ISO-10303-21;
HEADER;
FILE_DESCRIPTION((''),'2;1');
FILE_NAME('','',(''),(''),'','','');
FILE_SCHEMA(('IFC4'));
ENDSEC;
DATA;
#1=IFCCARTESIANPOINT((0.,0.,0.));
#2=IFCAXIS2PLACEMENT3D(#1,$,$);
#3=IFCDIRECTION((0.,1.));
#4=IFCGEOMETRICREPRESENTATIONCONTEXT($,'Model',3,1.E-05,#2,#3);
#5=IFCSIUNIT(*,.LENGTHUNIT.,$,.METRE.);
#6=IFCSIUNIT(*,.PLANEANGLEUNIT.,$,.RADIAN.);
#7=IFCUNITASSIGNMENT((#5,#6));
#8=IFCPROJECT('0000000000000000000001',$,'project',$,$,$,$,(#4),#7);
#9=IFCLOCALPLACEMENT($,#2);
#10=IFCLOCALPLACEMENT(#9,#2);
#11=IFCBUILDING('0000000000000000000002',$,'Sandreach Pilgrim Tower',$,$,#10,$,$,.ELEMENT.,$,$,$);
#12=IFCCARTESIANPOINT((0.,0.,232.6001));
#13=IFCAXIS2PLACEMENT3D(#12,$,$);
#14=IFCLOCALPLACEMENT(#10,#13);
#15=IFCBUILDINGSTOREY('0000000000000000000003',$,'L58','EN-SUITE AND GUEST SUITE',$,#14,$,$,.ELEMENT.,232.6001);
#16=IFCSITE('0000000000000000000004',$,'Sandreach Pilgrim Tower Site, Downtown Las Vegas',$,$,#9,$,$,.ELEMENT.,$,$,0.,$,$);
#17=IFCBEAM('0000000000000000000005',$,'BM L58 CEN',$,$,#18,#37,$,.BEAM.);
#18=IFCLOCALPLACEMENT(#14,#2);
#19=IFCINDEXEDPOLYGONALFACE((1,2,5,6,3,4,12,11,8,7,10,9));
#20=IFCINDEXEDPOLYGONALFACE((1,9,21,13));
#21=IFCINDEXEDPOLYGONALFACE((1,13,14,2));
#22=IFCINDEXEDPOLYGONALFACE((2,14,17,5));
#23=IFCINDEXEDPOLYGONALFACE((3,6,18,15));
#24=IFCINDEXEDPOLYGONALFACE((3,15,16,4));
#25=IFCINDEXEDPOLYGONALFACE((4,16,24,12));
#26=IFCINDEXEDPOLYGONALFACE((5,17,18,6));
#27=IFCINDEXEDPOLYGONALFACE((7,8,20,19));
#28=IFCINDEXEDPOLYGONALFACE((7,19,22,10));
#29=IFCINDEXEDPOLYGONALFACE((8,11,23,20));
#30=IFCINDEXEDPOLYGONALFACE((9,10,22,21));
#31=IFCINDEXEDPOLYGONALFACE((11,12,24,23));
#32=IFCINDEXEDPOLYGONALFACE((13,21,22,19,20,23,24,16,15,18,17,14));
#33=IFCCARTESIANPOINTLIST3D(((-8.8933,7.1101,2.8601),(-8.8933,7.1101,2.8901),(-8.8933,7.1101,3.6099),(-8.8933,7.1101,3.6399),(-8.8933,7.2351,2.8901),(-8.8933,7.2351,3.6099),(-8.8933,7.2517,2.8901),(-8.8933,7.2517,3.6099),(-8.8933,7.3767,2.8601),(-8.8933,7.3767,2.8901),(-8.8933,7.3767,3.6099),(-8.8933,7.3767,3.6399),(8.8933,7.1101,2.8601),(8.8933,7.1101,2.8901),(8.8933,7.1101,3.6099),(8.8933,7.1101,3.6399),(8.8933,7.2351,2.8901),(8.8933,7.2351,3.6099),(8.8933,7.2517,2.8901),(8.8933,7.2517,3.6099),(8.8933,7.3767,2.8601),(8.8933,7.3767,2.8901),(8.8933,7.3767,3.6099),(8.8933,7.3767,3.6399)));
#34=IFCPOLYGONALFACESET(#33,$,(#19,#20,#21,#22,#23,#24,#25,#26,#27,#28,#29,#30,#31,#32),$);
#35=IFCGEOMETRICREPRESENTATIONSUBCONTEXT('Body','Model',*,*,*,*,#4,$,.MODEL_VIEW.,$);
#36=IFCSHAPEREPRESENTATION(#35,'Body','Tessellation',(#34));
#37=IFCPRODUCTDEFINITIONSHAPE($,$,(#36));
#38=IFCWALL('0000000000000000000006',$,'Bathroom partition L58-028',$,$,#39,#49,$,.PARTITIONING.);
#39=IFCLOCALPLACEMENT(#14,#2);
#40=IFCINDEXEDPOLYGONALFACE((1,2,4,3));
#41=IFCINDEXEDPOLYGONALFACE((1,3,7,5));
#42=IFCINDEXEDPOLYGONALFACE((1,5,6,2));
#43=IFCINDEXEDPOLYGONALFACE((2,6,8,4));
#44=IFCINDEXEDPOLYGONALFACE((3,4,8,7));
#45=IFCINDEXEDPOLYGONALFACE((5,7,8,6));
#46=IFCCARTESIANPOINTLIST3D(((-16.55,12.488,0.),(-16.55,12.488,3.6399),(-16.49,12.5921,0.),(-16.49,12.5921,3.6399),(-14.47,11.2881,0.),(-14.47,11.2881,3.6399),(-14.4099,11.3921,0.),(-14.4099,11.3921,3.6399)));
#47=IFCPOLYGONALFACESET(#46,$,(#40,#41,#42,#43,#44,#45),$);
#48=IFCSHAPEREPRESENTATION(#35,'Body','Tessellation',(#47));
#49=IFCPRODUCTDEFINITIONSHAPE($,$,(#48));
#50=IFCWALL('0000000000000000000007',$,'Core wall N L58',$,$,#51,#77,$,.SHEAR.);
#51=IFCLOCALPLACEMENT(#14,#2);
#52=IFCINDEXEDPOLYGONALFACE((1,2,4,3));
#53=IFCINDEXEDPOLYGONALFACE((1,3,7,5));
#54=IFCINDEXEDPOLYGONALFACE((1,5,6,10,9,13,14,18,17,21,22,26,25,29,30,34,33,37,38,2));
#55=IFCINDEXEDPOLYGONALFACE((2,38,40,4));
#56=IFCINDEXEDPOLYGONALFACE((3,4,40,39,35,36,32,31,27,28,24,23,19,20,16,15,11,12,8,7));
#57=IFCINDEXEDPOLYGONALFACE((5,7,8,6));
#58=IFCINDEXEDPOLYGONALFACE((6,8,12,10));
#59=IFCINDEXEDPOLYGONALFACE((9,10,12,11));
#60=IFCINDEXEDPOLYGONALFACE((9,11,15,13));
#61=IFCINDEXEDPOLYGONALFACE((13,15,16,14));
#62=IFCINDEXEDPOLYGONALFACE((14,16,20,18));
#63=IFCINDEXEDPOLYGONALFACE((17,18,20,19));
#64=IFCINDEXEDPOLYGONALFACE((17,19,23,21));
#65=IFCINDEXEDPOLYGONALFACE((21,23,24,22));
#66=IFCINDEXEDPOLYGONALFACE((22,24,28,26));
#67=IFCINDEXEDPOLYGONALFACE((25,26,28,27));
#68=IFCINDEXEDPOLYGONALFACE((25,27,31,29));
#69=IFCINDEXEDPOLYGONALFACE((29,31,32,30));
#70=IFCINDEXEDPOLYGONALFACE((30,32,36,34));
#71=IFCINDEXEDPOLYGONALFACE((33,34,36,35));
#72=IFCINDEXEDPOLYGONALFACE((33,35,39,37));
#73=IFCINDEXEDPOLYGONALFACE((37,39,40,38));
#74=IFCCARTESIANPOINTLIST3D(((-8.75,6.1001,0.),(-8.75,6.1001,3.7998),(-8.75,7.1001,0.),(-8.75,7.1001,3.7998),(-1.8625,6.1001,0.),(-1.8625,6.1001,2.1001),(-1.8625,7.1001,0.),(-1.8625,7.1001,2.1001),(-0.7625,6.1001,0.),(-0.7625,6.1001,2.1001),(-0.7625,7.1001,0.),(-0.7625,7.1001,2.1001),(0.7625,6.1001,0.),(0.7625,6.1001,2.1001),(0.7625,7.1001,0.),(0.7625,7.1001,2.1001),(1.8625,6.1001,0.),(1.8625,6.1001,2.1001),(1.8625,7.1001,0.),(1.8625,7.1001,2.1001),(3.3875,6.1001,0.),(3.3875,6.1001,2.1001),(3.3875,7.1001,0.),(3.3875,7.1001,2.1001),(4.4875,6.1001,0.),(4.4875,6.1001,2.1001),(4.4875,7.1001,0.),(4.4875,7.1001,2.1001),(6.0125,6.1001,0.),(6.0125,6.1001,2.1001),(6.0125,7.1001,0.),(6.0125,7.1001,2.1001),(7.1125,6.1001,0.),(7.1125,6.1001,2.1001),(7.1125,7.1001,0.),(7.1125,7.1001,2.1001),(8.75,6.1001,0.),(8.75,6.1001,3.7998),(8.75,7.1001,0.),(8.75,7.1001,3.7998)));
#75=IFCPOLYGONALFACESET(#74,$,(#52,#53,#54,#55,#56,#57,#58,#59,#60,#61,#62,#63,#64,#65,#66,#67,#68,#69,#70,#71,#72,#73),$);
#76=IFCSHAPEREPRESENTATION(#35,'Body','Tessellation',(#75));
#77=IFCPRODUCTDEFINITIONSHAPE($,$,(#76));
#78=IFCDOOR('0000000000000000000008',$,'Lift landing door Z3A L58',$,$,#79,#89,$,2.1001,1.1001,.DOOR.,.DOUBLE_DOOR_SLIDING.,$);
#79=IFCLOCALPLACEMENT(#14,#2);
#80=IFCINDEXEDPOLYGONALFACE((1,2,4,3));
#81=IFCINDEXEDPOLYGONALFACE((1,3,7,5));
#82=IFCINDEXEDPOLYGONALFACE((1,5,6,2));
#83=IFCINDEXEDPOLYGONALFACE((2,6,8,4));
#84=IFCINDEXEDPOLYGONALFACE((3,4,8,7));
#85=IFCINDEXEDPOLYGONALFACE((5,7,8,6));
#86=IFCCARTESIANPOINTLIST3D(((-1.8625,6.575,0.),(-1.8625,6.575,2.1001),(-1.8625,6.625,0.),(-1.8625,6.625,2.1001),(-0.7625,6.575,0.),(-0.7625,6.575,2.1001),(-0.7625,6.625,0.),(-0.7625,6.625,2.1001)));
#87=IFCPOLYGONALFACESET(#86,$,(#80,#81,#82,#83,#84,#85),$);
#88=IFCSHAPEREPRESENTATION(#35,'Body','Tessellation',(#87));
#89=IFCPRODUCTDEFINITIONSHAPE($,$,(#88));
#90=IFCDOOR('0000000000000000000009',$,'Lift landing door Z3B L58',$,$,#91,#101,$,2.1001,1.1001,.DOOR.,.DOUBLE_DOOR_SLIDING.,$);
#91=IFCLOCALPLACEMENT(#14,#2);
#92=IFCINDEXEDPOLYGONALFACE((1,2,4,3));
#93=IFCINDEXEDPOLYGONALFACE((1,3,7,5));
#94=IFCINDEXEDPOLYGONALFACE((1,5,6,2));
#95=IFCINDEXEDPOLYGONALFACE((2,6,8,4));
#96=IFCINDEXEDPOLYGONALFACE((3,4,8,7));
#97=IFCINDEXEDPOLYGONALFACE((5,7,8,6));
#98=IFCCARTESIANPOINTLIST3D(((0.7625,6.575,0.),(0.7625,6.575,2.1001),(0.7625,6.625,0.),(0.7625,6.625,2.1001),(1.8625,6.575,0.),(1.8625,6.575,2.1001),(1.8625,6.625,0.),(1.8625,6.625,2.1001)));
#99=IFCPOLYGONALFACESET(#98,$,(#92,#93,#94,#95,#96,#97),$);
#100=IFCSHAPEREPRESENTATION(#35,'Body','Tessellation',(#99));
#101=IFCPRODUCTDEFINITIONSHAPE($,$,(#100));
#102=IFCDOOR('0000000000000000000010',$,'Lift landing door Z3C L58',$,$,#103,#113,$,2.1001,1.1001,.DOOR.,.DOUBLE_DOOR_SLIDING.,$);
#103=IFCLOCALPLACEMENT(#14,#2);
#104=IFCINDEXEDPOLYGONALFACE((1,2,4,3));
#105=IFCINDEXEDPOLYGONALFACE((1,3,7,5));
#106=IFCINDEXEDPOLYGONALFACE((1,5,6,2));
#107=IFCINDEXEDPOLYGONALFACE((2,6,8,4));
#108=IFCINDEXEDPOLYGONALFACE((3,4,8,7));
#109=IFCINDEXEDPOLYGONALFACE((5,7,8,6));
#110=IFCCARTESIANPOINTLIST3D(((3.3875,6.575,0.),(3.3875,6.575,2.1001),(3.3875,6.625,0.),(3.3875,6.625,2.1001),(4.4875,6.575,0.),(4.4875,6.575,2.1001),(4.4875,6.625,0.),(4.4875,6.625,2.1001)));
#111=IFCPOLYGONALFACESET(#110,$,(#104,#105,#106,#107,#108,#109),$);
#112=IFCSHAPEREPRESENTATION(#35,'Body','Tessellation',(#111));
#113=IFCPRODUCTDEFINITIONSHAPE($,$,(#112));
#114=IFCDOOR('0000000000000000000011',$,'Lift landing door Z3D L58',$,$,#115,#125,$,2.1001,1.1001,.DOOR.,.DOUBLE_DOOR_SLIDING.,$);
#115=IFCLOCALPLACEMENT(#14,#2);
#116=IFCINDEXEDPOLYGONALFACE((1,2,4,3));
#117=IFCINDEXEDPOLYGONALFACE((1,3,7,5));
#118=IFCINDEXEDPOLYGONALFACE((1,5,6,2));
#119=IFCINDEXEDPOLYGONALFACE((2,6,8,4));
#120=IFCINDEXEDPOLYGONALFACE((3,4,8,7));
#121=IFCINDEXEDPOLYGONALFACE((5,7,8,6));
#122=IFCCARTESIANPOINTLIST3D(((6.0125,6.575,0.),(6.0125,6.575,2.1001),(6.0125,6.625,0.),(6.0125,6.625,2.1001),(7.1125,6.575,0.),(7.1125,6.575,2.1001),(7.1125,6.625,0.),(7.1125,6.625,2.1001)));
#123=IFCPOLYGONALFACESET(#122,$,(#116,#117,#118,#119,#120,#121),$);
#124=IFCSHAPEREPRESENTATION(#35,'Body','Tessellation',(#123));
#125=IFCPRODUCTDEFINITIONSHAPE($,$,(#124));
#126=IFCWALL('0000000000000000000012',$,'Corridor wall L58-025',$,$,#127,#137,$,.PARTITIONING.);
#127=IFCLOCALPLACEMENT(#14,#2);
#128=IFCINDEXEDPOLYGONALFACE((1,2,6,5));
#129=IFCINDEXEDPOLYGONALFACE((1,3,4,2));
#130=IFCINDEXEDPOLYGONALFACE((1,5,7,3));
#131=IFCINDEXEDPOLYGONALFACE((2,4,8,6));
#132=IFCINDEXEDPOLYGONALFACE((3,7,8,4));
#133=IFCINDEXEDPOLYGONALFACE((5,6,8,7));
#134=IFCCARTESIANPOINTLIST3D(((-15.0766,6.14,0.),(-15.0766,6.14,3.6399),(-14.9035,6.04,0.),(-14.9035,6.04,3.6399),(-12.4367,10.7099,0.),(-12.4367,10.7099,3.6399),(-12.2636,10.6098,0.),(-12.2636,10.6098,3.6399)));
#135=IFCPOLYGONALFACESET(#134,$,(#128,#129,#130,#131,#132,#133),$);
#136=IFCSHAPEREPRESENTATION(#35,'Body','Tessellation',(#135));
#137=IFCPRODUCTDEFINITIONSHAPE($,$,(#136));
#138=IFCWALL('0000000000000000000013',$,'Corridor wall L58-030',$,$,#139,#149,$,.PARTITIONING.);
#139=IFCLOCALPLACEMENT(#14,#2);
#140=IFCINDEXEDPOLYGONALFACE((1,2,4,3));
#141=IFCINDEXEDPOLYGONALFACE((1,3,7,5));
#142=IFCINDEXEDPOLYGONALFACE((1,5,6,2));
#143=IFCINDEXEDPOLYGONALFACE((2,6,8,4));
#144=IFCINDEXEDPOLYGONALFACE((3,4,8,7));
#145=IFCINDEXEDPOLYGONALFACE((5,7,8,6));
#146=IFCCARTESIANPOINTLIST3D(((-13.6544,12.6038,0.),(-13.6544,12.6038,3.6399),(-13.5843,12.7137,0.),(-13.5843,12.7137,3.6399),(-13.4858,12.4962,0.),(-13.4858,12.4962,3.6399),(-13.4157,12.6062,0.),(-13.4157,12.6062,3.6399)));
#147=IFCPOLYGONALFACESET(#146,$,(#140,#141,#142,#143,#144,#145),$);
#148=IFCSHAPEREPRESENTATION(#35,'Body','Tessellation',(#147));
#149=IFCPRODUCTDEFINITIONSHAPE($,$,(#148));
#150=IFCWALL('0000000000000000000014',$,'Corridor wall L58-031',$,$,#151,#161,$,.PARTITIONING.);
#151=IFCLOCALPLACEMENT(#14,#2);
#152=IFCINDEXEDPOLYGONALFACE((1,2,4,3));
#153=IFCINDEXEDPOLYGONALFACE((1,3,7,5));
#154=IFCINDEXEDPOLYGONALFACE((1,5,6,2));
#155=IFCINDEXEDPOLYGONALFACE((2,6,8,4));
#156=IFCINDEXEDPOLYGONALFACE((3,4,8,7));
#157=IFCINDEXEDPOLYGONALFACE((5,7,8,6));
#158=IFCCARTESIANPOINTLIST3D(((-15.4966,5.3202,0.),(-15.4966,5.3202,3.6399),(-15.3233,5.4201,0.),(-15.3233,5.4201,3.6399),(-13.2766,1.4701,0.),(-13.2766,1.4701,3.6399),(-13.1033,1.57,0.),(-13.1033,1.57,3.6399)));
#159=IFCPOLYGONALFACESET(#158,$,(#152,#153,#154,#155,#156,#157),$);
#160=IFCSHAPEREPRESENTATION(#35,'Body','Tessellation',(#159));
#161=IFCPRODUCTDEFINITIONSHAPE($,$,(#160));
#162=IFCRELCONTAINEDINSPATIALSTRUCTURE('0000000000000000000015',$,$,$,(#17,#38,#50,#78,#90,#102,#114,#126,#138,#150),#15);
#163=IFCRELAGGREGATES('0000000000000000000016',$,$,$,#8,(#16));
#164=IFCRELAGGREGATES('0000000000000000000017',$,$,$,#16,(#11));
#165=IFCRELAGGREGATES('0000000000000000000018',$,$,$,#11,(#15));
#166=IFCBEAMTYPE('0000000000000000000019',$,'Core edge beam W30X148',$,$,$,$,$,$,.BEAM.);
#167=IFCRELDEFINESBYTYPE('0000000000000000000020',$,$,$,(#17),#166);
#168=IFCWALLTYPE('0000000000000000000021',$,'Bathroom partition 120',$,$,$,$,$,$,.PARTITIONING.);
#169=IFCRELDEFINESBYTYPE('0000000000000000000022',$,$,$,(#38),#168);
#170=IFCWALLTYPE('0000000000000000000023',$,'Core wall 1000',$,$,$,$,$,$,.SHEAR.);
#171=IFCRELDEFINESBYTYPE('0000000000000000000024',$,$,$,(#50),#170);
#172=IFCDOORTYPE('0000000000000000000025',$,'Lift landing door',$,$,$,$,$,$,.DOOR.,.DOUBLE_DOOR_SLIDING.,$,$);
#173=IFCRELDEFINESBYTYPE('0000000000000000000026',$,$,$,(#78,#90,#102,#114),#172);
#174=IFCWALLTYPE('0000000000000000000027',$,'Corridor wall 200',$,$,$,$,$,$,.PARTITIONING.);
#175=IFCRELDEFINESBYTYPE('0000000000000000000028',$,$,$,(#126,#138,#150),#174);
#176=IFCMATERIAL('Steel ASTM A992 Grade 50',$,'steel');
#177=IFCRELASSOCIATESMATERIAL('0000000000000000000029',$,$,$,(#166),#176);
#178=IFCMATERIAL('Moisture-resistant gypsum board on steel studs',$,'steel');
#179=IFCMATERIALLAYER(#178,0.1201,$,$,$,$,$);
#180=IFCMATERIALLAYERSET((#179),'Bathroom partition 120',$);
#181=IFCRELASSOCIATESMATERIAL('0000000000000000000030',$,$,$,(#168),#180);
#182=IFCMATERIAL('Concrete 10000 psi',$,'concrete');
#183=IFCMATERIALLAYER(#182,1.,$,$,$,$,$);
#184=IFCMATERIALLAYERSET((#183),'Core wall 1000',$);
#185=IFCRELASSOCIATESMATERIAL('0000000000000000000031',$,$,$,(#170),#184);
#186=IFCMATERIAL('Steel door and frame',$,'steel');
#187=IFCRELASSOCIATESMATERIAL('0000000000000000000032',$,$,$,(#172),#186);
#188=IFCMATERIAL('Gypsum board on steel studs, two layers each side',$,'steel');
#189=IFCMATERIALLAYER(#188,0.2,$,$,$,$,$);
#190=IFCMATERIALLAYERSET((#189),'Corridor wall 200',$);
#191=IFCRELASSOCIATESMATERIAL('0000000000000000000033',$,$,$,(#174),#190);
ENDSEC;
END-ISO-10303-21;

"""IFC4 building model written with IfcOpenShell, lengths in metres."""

from ifc_helpers import new_model, si_unit, direction, frame, frame_2d, origin, origin_2d, place, context, subcontext, project, spatial, rectangle, i_section, extrude, material, layer, layer_set, material_profile, profile_set, type_object, element, fill, save


model = new_model("IFC4")

# Units and contexts
model_context = context("Model", 3, precision=1e-05, world=origin(), true_north=direction((0.0, 1.0)))
body_context = subcontext(model_context, "Body", "Model", "MODEL_VIEW")
ifc_project = project(units=[si_unit("LENGTHUNIT", "METRE"), si_unit("PLANEANGLEUNIT", "RADIAN")], contexts=[model_context])

# Site, building, storey
site_placement = place(None, origin())
site = spatial("IfcSite", under=ifc_project, at=site_placement, Name="Sandreach Pilgrim Tower Site, Downtown Las Vegas", CompositionType="ELEMENT", RefElevation=0.0)
building_placement = place(site_placement, origin())
building = spatial("IfcBuilding", under=site, at=building_placement, Name="Sandreach Pilgrim Tower", CompositionType="ELEMENT")
storey_placement = place(building_placement, frame((0.0, 0.0, 232.6001)))
storey = spatial("IfcBuildingStorey", under=building, at=storey_placement, Name="L58", Description="EN-SUITE AND GUEST SUITE", CompositionType="ELEMENT", Elevation=232.6001)

# Beam
ifc_material_1 = material(Name="Steel ASTM A992 Grade 50", Category="steel")
ifc_material_profile = material_profile(ifc_material_1, i_section(OverallWidth=0.2666, OverallDepth=0.7798, WebThickness=0.0166, FlangeThickness=0.03, at=origin_2d()), Name="W30X148")
ifc_profile_set = profile_set([ifc_material_profile], Name="Steel ASTM A992 Grade 50")
beam_type = type_object("IfcBeamType", Name="Core edge beam W30X148", PredefinedType="BEAM", material=ifc_profile_set)
beam_placement = place(storey_placement, frame((-8.8933, 7.2434, 3.25), z_axis=(1.0, 0.0, 0.0), x_axis=(0.0, 1.0, 0.0)))
element("IfcBeam", 1, at=beam_placement, inside=storey, type_object=beam_type, Name="BM L58 CEN", PredefinedType="BEAM", context=body_context, shape_type="SweptSolid", body=[
    extrude(i_section(OverallWidth=0.2666, OverallDepth=0.7798, WebThickness=0.0166, FlangeThickness=0.03, at=origin_2d()), origin(), (0.0, 0.0, 1.0), 17.7866),
])

# Wall
ifc_material_2 = material(Name="Moisture-resistant gypsum board on steel studs", Category="steel")
ifc_layer_1 = layer(ifc_material_2, 0.1201)
ifc_layer_set_1 = layer_set([ifc_layer_1], Name="Bathroom partition 120")
wall_type_1 = type_object("IfcWallType", Name="Bathroom partition 120", PredefinedType="PARTITIONING", material=ifc_layer_set_1)
wall_1_placement = place(storey_placement, frame((-14.4399, 11.3401, 0.0), z_axis=(0.0, 0.0, 1.0), x_axis=(-0.866203, 0.499693, 0.0)))
element("IfcWall", 2, at=wall_1_placement, inside=storey, type_object=wall_type_1, Name="Bathroom partition L58-028", PredefinedType="PARTITIONING", context=body_context, shape_type="SweptSolid", body=[
    extrude(rectangle(XDim=2.4014, YDim=0.1201, at=frame_2d((1.2007, 0.0))), origin(), (0.0, 0.0, 1.0), 3.6399),
])

# Wall, openings, doors
ifc_material_3 = material(Name="Concrete 10000 psi", Category="concrete")
ifc_layer_2 = layer(ifc_material_3, 1.0)
ifc_layer_set_2 = layer_set([ifc_layer_2], Name="Core wall 1000")
wall_type_2 = type_object("IfcWallType", Name="Core wall 1000", PredefinedType="SHEAR", material=ifc_layer_set_2)
wall_2_placement = place(storey_placement, frame((-8.75, 6.6001, 0.0), z_axis=(0.0, 0.0, 1.0), x_axis=(1.0, 0.0, 0.0)))
wall_2 = element("IfcWall", 3, at=wall_2_placement, inside=storey, type_object=wall_type_2, Name="Core wall N L58", PredefinedType="SHEAR", context=body_context, shape_type="SweptSolid", body=[
    extrude(rectangle(XDim=17.5, YDim=1.0, at=frame_2d((8.75, 0.0))), origin(), (0.0, 0.0, 1.0), 3.7998),
])
opening_1_placement = place(wall_2_placement, frame((6.8875, 0.0, 0.0)))
opening_1 = element("IfcOpeningElement", 4, at=opening_1_placement, cuts=wall_2, PredefinedType="OPENING", context=body_context, shape_type="SweptSolid", body=[
    extrude(rectangle(XDim=1.1001, YDim=2.1001, at=frame_2d((0.55, 1.05))), frame((0.0, 0.5, 0.0), z_axis=(0.0, -1.0, 0.0), x_axis=(1.0, 0.0, 0.0)), (0.0, 0.0, 1.0), 1.0),
])
opening_2_placement = place(wall_2_placement, frame((9.5125, 0.0, 0.0)))
opening_2 = element("IfcOpeningElement", 5, at=opening_2_placement, cuts=wall_2, PredefinedType="OPENING", context=body_context, shape_type="SweptSolid", body=[
    extrude(rectangle(XDim=1.1001, YDim=2.1001, at=frame_2d((0.55, 1.05))), frame((0.0, 0.5, 0.0), z_axis=(0.0, -1.0, 0.0), x_axis=(1.0, 0.0, 0.0)), (0.0, 0.0, 1.0), 1.0),
])
opening_3_placement = place(wall_2_placement, frame((12.1375, 0.0, 0.0)))
opening_3 = element("IfcOpeningElement", 6, at=opening_3_placement, cuts=wall_2, PredefinedType="OPENING", context=body_context, shape_type="SweptSolid", body=[
    extrude(rectangle(XDim=1.1001, YDim=2.1001, at=frame_2d((0.55, 1.05))), frame((0.0, 0.5, 0.0), z_axis=(0.0, -1.0, 0.0), x_axis=(1.0, 0.0, 0.0)), (0.0, 0.0, 1.0), 1.0),
])
opening_4_placement = place(wall_2_placement, frame((14.7625, 0.0, 0.0)))
opening_4 = element("IfcOpeningElement", 7, at=opening_4_placement, cuts=wall_2, PredefinedType="OPENING", context=body_context, shape_type="SweptSolid", body=[
    extrude(rectangle(XDim=1.1001, YDim=2.1001, at=frame_2d((0.55, 1.05))), frame((0.0, 0.5, 0.0), z_axis=(0.0, -1.0, 0.0), x_axis=(1.0, 0.0, 0.0)), (0.0, 0.0, 1.0), 1.0),
])
ifc_material_4 = material(Name="Steel door and frame", Category="steel")
door_type_1 = type_object("IfcDoorType", Name="Lift landing door", OperationType="DOUBLE_DOOR_SLIDING", PredefinedType="DOOR", material=ifc_material_4)
door_1_placement = place(opening_1_placement, origin())
door_1 = element("IfcDoor", 8, at=door_1_placement, inside=storey, type_object=door_type_1, Name="Lift landing door Z3A L58", OperationType="DOUBLE_DOOR_SLIDING", OverallHeight=2.1001, OverallWidth=1.1001, PredefinedType="DOOR", context=body_context, shape_type="SweptSolid", body=[
    extrude(rectangle(XDim=1.1001, YDim=2.1001, at=frame_2d((0.55, 1.05))), frame((0.0, 0.0249, 0.0), z_axis=(0.0, -1.0, 0.0), x_axis=(1.0, 0.0, 0.0)), (0.0, 0.0, 1.0), 0.05),
])
fill(opening_1, door_1)
door_2_placement = place(opening_2_placement, origin())
door_2 = element("IfcDoor", 9, at=door_2_placement, inside=storey, type_object=door_type_1, Name="Lift landing door Z3B L58", OperationType="DOUBLE_DOOR_SLIDING", OverallHeight=2.1001, OverallWidth=1.1001, PredefinedType="DOOR", context=body_context, shape_type="SweptSolid", body=[
    extrude(rectangle(XDim=1.1001, YDim=2.1001, at=frame_2d((0.55, 1.05))), frame((0.0, 0.0249, 0.0), z_axis=(0.0, -1.0, 0.0), x_axis=(1.0, 0.0, 0.0)), (0.0, 0.0, 1.0), 0.05),
])
fill(opening_2, door_2)
door_3_placement = place(opening_3_placement, origin())
door_3 = element("IfcDoor", 10, at=door_3_placement, inside=storey, type_object=door_type_1, Name="Lift landing door Z3C L58", OperationType="DOUBLE_DOOR_SLIDING", OverallHeight=2.1001, OverallWidth=1.1001, PredefinedType="DOOR", context=body_context, shape_type="SweptSolid", body=[
    extrude(rectangle(XDim=1.1001, YDim=2.1001, at=frame_2d((0.55, 1.05))), frame((0.0, 0.0249, 0.0), z_axis=(0.0, -1.0, 0.0), x_axis=(1.0, 0.0, 0.0)), (0.0, 0.0, 1.0), 0.05),
])
fill(opening_3, door_3)
door_4_placement = place(opening_4_placement, origin())
door_4 = element("IfcDoor", 11, at=door_4_placement, inside=storey, type_object=door_type_1, Name="Lift landing door Z3D L58", OperationType="DOUBLE_DOOR_SLIDING", OverallHeight=2.1001, OverallWidth=1.1001, PredefinedType="DOOR", context=body_context, shape_type="SweptSolid", body=[
    extrude(rectangle(XDim=1.1001, YDim=2.1001, at=frame_2d((0.55, 1.05))), frame((0.0, 0.0249, 0.0), z_axis=(0.0, -1.0, 0.0), x_axis=(1.0, 0.0, 0.0)), (0.0, 0.0, 1.0), 0.05),
])
fill(opening_4, door_4)

# Walls
ifc_material_5 = material(Name="Gypsum board on steel studs, two layers each side", Category="steel")
ifc_layer_3 = layer(ifc_material_5, 0.2)
ifc_layer_set_3 = layer_set([ifc_layer_3], Name="Corridor wall 200")
wall_type_3 = type_object("IfcWallType", Name="Corridor wall 200", PredefinedType="PARTITIONING", material=ifc_layer_set_3)
wall_3_placement = place(storey_placement, frame((-14.99, 6.0901, 0.0), z_axis=(0.0, 0.0, 1.0), x_axis=(0.500214, 0.865902, 0.0)))
element("IfcWall", 12, at=wall_3_placement, inside=storey, type_object=wall_type_3, Name="Corridor wall L58-025", PredefinedType="PARTITIONING", context=body_context, shape_type="SweptSolid", body=[
    extrude(rectangle(XDim=5.2776, YDim=0.2, at=frame_2d((2.6387, 0.0))), origin(), (0.0, 0.0, 1.0), 3.6399),
])
wall_4_placement = place(storey_placement, frame((-13.5, 12.6599, 0.0), z_axis=(0.0, 0.0, 1.0), x_axis=(-0.537724, -0.843121, 0.0)))
element("IfcWall", 13, at=wall_4_placement, inside=storey, type_object=wall_type_3, Name="Corridor wall L58-030", PredefinedType="PARTITIONING", context=body_context, shape_type="SweptSolid", body=[
    extrude(rectangle(XDim=0.1304, YDim=0.2, at=frame_2d((0.0652, 0.0))), origin(), (0.0, 0.0, 1.0), 3.6399),
])
wall_5_placement = place(storey_placement, frame((-13.1899, 1.52, 0.0), z_axis=(0.0, 0.0, 1.0), x_axis=(-0.499513, 0.866306, 0.0)))
element("IfcWall", 14, at=wall_5_placement, inside=storey, type_object=wall_type_3, Name="Corridor wall L58-031", PredefinedType="PARTITIONING", context=body_context, shape_type="SweptSolid", body=[
    extrude(rectangle(XDim=4.4443, YDim=0.2, at=frame_2d((2.2222, 0.0))), origin(), (0.0, 0.0, 1.0), 3.6399),
])

save(model, "model.ifc")
